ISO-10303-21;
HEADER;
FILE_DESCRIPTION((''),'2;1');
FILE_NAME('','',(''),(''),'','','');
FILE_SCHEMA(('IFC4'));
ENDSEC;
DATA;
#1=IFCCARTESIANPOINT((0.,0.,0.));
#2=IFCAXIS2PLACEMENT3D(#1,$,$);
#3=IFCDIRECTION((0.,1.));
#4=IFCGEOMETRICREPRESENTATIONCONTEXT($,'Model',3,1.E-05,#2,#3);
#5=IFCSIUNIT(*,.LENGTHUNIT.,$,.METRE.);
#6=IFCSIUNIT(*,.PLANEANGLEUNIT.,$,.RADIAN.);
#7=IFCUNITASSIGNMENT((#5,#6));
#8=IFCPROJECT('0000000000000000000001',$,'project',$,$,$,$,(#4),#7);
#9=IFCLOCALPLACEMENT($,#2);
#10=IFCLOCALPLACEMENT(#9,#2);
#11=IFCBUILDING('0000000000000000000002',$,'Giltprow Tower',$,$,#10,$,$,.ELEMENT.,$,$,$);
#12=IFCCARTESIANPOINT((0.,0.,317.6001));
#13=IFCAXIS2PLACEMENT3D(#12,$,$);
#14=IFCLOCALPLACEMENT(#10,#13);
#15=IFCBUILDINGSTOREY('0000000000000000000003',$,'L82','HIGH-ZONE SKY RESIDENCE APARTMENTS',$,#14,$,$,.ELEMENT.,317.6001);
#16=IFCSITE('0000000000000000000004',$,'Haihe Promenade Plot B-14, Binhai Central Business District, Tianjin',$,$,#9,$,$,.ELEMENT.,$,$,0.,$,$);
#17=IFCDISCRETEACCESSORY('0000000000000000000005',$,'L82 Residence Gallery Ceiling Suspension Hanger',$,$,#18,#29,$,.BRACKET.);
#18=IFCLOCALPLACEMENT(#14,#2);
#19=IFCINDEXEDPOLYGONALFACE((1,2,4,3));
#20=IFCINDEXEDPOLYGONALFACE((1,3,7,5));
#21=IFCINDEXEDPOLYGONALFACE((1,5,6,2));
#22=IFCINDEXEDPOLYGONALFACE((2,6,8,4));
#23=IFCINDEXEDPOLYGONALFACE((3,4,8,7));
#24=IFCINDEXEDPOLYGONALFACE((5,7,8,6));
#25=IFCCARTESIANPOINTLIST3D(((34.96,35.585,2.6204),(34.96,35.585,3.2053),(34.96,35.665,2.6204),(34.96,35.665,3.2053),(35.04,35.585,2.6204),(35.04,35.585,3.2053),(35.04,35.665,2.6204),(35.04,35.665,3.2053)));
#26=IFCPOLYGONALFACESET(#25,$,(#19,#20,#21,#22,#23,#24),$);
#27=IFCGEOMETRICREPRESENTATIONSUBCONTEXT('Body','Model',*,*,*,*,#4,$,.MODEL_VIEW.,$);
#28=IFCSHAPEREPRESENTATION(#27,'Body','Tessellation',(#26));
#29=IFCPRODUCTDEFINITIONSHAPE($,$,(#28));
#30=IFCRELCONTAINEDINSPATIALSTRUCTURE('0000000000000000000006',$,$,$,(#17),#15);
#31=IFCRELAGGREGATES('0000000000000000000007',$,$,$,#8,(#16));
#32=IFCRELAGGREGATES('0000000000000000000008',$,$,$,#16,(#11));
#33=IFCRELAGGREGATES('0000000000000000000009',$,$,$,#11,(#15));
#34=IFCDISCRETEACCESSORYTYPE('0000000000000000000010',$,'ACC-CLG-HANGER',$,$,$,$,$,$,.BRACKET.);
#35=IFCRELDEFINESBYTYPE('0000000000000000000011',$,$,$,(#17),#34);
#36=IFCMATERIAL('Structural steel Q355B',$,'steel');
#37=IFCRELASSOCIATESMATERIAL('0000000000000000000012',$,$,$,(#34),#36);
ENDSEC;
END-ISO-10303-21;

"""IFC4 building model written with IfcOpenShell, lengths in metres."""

from ifc_helpers import new_model, si_unit, direction, frame, origin, origin_2d, place, context, subcontext, project, spatial, rectangle, extrude, source, transform, mapped, material, type_object, element, save


model = new_model("IFC4")

# Units and contexts
model_context = context("Model", 3, precision=1e-05, world=origin(), true_north=direction((0.0, 1.0)))
body_context = subcontext(model_context, "Body", "Model", "MODEL_VIEW")
ifc_project = project(units=[si_unit("LENGTHUNIT", "METRE"), si_unit("PLANEANGLEUNIT", "RADIAN")], contexts=[model_context])

# Site, building, storey
site_placement = place(None, origin())
site = spatial("IfcSite", under=ifc_project, at=site_placement, Name="Haihe Promenade Plot B-14, Binhai Central Business District, Tianjin", CompositionType="ELEMENT", RefElevation=0.0)
building_placement = place(site_placement, origin())
building = spatial("IfcBuilding", under=site, at=building_placement, Name="Giltprow Tower", CompositionType="ELEMENT")
storey_placement = place(building_placement, frame((0.0, 0.0, 317.6001)))
storey = spatial("IfcBuildingStorey", under=building, at=storey_placement, Name="L82", Description="HIGH-ZONE SKY RESIDENCE APARTMENTS", CompositionType="ELEMENT", Elevation=317.6001)

# Shared definitions
ifc_material_1 = material(Name="Structural steel Q355B", Category="steel")

# Discrete accessory
discrete_accessory_type = type_object("IfcDiscreteAccessoryType", Name="ACC-CLG-HANGER", PredefinedType="BRACKET", material=ifc_material_1)
shared_shape_1 = source(origin(), body_context, "Body", "SweptSolid", [
    extrude(rectangle(XDim=0.0801, YDim=0.0801, at=origin_2d()), origin(), (0.0, 0.0, 1.0), 0.585),
])
discrete_accessory_placement = place(storey_placement, frame((35.0, 35.625, 2.6204), z_axis=(0.0, 0.0, 1.0), x_axis=(1.0, 0.0, 0.0)))
element("IfcDiscreteAccessory", 1, at=discrete_accessory_placement, inside=storey, type_object=discrete_accessory_type, Name="L82 Residence Gallery Ceiling Suspension Hanger", PredefinedType="BRACKET", context=body_context, shape_type="MappedRepresentation", body=[
    mapped(shared_shape_1, transform((0.0, 0.0, 0.0), x_axis=(1.0, 0.0, 0.0), y_axis=(0.0, 1.0, 0.0), z_axis=(0.0, 0.0, 1.0), scale=1.0)),
])

save(model, "model.ifc")
